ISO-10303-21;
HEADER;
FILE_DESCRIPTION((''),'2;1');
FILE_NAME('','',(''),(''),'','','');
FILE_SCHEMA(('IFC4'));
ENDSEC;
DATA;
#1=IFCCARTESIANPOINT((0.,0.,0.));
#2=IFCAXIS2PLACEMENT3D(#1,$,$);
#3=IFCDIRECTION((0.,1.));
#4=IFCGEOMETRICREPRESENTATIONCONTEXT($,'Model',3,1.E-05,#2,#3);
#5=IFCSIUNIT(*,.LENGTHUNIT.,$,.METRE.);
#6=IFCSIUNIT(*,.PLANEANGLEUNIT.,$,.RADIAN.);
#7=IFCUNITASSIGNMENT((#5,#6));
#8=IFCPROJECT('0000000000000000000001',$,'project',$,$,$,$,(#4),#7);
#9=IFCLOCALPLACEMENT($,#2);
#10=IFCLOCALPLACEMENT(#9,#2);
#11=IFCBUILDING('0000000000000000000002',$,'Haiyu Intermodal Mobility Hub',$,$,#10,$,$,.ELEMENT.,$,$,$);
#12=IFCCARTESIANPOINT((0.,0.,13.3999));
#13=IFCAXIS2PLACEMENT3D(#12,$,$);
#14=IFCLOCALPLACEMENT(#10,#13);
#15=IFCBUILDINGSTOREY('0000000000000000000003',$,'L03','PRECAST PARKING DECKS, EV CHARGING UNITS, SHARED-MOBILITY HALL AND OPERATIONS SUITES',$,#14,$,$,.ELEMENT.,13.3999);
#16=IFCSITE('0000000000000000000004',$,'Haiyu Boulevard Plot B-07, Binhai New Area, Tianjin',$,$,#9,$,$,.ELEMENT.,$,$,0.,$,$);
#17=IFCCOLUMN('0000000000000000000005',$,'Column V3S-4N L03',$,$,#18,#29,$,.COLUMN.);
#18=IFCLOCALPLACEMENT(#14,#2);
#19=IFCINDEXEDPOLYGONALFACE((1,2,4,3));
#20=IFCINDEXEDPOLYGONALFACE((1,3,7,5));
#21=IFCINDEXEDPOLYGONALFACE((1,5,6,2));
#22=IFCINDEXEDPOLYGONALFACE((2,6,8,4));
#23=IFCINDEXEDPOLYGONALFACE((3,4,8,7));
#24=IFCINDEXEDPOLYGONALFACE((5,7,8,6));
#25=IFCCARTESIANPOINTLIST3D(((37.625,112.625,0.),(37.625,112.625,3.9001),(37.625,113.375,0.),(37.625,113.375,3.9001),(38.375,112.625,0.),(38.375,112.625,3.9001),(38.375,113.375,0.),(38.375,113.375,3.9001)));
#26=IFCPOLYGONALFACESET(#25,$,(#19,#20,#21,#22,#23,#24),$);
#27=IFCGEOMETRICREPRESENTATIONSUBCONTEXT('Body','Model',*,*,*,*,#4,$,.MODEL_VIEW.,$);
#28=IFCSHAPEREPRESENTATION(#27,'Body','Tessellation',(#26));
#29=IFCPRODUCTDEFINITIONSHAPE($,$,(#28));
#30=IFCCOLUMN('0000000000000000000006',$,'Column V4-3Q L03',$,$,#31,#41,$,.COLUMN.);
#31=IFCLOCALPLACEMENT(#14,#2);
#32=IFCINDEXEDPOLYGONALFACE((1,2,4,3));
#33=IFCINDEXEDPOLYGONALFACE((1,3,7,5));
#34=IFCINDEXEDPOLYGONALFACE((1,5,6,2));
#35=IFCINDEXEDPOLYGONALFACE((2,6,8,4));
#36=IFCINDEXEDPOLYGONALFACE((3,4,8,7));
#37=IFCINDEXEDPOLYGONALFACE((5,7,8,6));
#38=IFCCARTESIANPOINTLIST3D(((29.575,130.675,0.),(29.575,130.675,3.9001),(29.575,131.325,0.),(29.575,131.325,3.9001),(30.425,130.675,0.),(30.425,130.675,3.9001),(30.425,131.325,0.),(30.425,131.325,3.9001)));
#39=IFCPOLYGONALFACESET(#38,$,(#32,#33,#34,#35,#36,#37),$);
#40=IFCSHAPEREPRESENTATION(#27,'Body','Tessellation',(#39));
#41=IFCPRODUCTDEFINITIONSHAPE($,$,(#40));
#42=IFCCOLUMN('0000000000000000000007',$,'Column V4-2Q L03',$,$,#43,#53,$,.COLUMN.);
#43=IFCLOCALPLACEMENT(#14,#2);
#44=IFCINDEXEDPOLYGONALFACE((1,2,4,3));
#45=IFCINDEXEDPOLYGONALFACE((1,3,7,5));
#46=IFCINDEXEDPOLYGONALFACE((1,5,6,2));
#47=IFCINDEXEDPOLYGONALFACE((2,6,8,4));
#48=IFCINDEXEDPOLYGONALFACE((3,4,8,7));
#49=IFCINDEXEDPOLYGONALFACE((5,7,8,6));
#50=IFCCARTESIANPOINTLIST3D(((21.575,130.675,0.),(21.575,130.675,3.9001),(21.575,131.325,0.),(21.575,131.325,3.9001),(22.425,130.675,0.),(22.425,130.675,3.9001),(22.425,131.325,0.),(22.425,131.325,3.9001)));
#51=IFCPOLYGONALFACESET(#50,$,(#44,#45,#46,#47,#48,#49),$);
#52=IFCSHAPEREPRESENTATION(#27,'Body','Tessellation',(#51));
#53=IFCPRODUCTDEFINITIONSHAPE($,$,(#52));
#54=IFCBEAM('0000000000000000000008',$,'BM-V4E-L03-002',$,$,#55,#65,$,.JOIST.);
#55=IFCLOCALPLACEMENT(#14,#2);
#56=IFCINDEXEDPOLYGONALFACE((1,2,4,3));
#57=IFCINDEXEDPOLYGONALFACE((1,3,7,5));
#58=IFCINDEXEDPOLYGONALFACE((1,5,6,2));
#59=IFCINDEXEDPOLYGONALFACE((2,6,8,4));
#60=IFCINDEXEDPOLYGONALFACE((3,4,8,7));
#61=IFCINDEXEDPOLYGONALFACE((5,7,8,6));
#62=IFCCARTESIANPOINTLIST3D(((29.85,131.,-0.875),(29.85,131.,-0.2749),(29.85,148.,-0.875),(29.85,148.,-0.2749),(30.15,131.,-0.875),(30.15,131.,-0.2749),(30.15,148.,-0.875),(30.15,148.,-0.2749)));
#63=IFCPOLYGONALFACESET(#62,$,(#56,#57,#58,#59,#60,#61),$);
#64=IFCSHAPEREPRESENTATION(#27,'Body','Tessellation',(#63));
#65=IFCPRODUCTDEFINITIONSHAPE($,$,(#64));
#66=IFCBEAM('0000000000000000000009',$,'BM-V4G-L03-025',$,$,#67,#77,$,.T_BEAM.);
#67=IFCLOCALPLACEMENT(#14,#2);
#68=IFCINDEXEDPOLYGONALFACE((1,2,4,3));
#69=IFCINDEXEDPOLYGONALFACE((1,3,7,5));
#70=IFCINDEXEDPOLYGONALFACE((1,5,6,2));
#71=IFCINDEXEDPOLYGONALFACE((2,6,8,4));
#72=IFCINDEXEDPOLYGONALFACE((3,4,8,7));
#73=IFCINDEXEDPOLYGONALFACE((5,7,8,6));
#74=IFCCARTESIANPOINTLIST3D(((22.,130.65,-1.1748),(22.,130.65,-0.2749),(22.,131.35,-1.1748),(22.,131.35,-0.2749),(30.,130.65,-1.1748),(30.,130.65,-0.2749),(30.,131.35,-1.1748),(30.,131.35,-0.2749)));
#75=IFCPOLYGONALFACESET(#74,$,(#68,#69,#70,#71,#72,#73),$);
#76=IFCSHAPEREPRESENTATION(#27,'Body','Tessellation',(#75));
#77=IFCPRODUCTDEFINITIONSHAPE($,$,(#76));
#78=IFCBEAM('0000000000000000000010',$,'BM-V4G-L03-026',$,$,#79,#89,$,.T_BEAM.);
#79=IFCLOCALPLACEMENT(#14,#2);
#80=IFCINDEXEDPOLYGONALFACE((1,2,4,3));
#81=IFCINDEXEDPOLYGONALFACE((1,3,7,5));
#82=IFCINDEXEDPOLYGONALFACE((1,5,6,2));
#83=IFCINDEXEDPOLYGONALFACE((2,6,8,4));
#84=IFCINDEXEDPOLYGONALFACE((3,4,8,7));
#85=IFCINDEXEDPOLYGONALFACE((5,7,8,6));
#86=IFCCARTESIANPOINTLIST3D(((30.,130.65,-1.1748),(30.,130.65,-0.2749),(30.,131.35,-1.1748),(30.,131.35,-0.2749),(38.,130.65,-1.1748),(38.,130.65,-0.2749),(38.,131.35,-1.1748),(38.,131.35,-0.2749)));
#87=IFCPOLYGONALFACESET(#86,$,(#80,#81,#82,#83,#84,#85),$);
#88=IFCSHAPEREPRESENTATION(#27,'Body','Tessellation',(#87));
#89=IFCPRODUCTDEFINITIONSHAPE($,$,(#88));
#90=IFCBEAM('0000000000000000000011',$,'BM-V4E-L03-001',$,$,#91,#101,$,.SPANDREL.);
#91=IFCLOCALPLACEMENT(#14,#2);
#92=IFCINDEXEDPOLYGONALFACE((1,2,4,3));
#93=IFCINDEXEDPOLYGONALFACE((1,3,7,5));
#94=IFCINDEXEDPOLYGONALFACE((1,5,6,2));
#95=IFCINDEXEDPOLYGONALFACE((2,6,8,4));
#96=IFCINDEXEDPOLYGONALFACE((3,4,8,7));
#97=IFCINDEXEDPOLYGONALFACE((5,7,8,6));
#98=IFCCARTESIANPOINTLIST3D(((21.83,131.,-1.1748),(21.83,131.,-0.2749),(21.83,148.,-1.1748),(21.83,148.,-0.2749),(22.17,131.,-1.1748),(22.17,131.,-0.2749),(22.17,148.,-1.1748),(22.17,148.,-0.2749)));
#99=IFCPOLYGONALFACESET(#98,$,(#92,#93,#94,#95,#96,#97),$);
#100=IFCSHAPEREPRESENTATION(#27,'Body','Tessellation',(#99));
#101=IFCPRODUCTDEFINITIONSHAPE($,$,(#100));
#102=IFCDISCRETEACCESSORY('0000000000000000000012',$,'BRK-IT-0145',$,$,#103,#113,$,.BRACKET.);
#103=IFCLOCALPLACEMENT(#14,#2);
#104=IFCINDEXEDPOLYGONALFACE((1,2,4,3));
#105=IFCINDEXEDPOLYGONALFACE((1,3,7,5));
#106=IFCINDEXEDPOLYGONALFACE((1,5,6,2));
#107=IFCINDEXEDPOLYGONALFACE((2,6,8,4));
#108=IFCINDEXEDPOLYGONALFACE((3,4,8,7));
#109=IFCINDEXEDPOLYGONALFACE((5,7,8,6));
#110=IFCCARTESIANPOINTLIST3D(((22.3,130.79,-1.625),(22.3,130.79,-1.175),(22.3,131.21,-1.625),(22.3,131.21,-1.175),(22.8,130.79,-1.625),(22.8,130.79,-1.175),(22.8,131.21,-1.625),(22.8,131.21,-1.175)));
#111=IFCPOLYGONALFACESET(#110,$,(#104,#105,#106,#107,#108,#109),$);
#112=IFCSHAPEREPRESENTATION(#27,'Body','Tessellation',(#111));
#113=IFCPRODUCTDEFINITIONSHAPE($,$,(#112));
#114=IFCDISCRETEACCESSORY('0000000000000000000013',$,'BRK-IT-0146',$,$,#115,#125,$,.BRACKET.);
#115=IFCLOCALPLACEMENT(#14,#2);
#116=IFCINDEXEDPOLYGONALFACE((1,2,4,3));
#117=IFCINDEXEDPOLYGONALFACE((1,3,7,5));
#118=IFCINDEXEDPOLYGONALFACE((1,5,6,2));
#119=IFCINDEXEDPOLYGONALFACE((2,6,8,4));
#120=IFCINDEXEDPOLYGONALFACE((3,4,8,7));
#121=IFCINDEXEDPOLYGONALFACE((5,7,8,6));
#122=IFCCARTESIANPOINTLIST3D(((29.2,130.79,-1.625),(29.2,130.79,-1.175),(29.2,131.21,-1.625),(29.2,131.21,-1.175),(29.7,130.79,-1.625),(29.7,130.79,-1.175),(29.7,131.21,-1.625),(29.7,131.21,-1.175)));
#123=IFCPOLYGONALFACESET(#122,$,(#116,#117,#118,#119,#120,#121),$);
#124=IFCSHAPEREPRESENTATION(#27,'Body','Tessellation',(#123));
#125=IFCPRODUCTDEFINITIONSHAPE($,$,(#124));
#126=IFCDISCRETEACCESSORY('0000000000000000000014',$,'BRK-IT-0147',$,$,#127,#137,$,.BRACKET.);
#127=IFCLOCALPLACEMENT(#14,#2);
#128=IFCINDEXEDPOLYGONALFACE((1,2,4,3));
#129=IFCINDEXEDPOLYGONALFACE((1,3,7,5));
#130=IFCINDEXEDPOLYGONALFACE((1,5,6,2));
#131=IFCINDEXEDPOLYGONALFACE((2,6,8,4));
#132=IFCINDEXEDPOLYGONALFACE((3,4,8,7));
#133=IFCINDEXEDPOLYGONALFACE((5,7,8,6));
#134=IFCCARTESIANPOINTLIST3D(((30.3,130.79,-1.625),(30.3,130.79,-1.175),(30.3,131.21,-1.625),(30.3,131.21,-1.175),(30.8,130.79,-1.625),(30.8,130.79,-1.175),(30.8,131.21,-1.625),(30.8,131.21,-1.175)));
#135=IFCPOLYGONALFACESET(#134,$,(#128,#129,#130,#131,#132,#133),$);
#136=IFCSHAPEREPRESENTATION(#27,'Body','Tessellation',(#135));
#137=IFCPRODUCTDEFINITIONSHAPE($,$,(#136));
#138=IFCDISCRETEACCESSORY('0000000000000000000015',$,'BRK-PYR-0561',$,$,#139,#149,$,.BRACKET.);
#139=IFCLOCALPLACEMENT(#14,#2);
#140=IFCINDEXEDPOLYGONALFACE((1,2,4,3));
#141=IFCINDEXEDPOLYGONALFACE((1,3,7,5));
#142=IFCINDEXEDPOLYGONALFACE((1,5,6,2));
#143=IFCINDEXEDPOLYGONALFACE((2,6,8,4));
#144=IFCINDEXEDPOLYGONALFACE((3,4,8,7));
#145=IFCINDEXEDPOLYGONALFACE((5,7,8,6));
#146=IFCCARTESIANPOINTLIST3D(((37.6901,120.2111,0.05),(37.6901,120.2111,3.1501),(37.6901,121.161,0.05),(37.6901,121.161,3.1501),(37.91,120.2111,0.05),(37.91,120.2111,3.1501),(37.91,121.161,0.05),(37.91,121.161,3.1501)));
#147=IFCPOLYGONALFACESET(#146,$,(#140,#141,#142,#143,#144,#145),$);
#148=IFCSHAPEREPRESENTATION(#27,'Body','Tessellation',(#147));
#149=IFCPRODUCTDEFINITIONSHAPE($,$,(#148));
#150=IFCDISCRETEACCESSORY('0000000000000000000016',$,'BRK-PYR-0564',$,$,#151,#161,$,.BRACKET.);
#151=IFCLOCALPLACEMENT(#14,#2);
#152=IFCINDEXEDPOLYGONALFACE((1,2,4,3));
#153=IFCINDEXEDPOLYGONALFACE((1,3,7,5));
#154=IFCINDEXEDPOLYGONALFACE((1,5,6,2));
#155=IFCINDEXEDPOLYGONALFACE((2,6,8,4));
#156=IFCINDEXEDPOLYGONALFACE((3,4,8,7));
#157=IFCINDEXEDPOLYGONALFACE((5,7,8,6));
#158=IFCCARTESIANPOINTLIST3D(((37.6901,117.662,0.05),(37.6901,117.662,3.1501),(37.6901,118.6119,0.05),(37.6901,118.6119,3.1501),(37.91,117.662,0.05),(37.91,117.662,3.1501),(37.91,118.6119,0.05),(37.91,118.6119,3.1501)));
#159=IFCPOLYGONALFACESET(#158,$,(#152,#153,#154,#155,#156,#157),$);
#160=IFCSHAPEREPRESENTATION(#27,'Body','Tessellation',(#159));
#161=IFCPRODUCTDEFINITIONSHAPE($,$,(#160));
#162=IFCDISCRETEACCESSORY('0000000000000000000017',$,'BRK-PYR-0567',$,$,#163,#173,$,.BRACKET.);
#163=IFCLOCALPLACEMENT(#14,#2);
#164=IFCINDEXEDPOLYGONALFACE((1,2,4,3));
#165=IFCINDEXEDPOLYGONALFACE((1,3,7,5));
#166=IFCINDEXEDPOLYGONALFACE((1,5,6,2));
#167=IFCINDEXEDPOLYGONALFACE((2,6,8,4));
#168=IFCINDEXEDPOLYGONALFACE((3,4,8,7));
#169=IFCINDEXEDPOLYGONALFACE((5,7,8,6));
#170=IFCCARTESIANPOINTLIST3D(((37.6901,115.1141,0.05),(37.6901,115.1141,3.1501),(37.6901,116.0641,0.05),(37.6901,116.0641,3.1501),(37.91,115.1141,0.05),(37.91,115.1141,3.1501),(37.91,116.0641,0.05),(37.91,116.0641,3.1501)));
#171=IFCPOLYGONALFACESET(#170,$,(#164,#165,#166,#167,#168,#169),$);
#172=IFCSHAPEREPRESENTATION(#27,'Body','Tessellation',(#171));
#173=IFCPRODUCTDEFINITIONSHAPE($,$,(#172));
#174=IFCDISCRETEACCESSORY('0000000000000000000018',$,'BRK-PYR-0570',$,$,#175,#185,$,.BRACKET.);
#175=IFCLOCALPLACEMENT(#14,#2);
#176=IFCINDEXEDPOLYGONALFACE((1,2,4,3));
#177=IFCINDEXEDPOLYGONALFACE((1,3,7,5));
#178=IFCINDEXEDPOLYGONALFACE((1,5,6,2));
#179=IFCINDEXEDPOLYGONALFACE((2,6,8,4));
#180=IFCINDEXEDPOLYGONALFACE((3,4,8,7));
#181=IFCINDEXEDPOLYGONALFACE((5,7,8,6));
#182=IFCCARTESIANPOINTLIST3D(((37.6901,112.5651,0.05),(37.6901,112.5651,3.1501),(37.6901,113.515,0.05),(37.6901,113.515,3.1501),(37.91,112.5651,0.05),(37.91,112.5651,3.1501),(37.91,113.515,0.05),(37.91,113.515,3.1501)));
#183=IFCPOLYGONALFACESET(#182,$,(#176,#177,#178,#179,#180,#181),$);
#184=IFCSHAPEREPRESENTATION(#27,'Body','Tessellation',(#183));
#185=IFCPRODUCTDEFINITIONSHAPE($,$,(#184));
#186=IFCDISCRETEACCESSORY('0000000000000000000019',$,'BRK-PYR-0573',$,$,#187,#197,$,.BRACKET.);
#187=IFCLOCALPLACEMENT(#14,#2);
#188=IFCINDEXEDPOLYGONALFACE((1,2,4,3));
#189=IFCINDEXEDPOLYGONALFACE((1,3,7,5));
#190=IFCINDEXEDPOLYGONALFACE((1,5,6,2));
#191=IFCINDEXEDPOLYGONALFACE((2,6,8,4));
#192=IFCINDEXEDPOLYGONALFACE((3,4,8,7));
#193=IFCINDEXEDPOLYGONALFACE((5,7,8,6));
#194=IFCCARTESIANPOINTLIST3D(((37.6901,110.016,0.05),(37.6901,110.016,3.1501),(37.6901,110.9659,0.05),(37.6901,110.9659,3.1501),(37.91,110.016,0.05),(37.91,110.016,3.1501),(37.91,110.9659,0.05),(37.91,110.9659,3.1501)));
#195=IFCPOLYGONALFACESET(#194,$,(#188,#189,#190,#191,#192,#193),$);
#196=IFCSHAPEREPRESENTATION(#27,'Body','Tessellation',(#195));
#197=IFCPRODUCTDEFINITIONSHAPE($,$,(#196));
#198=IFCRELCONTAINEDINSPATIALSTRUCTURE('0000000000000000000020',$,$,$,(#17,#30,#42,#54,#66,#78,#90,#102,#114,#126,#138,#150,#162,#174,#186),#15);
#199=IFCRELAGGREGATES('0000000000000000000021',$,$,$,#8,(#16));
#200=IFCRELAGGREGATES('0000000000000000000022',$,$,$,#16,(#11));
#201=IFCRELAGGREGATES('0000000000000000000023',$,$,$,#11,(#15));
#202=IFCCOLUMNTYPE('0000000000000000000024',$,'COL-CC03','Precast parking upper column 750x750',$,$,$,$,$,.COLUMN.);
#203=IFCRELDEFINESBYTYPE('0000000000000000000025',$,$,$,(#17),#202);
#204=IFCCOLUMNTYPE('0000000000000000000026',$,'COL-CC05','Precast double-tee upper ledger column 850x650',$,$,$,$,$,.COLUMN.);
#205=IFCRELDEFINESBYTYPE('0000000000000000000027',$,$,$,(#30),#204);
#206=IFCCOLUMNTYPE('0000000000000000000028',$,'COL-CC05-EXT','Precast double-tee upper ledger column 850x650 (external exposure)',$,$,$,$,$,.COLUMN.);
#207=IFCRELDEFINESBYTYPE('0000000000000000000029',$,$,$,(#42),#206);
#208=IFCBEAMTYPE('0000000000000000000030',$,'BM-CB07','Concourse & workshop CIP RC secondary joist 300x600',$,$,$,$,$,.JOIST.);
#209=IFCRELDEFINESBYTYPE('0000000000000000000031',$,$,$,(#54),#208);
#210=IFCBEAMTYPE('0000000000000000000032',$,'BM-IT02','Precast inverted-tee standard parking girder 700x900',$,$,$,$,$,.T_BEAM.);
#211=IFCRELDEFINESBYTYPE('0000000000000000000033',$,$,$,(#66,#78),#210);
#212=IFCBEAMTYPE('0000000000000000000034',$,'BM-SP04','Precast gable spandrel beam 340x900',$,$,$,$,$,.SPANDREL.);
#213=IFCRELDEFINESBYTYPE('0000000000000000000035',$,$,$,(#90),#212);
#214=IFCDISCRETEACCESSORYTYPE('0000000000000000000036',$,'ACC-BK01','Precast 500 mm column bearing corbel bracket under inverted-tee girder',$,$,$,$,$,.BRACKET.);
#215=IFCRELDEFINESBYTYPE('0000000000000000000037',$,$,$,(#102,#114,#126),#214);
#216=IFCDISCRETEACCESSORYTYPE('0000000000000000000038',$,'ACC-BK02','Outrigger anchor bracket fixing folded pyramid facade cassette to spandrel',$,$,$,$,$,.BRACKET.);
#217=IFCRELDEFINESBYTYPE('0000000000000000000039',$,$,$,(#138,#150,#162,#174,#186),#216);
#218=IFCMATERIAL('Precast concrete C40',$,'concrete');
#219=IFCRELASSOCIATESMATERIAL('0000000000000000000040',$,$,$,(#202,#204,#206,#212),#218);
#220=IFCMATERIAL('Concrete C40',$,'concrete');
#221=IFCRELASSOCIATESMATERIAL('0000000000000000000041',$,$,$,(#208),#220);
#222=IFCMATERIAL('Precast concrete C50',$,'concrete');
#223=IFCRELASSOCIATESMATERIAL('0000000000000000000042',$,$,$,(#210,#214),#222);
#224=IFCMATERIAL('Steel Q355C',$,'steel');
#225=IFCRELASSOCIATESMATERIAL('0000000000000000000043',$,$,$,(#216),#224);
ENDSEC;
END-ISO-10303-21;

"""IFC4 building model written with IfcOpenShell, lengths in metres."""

from ifc_helpers import new_model, si_unit, direction, frame, origin, origin_2d, place, context, subcontext, project, spatial, rectangle, extrude, material, material_profile, profile_set, type_object, element, save


model = new_model("IFC4")

# Units and contexts
model_context = context("Model", 3, precision=1e-05, world=origin(), true_north=direction((0.0, 1.0)))
body_context = subcontext(model_context, "Body", "Model", "MODEL_VIEW")
ifc_project = project(units=[si_unit("LENGTHUNIT", "METRE"), si_unit("PLANEANGLEUNIT", "RADIAN")], contexts=[model_context])

# Site, building, storey
site_placement = place(None, origin())
site = spatial("IfcSite", under=ifc_project, at=site_placement, Name="Haiyu Boulevard Plot B-07, Binhai New Area, Tianjin", CompositionType="ELEMENT", RefElevation=0.0)
building_placement = place(site_placement, origin())
building = spatial("IfcBuilding", under=site, at=building_placement, Name="Haiyu Intermodal Mobility Hub", CompositionType="ELEMENT")
storey_placement = place(building_placement, frame((0.0, 0.0, 13.3999)))
storey = spatial("IfcBuildingStorey", under=building, at=storey_placement, Name="L03", Description="PRECAST PARKING DECKS, EV CHARGING UNITS, SHARED-MOBILITY HALL AND OPERATIONS SUITES", CompositionType="ELEMENT", Elevation=13.3999)

# Columns
ifc_material_1 = material(Name="Precast concrete C40", Category="concrete")
ifc_material_profile_1 = material_profile(ifc_material_1, rectangle(XDim=0.75, YDim=0.75, at=origin_2d()), Name="RC750x750")
ifc_profile_set_1 = profile_set([ifc_material_profile_1], Name="Precast concrete C40")
column_type_1 = type_object("IfcColumnType", Name="COL-CC03", Description="Precast parking upper column 750x750", PredefinedType="COLUMN", material=ifc_profile_set_1)
column_1_placement = place(storey_placement, frame((38.0, 113.0, 0.0), z_axis=(0.0, 0.0, 1.0), x_axis=(1.0, 0.0, 0.0)))
element("IfcColumn", 1, at=column_1_placement, inside=storey, type_object=column_type_1, Name="Column V3S-4N L03", PredefinedType="COLUMN", context=body_context, shape_type="SweptSolid", body=[
    extrude(rectangle(XDim=0.75, YDim=0.75, at=origin_2d()), origin(), (0.0, 0.0, 1.0), 3.9001),
])
ifc_material_profile_2 = material_profile(ifc_material_1, rectangle(XDim=0.8501, YDim=0.6499, at=origin_2d()), Name="RC850x650")
ifc_profile_set_2 = profile_set([ifc_material_profile_2], Name="Precast concrete C40")
column_type_2 = type_object("IfcColumnType", Name="COL-CC05", Description="Precast double-tee upper ledger column 850x650", PredefinedType="COLUMN", material=ifc_profile_set_2)
column_2_placement = place(storey_placement, frame((30.0, 131.0, 0.0), z_axis=(0.0, 0.0, 1.0), x_axis=(1.0, 0.0, 0.0)))
element("IfcColumn", 2, at=column_2_placement, inside=storey, type_object=column_type_2, Name="Column V4-3Q L03", PredefinedType="COLUMN", context=body_context, shape_type="SweptSolid", body=[
    extrude(rectangle(XDim=0.8501, YDim=0.6499, at=origin_2d()), origin(), (0.0, 0.0, 1.0), 3.9001),
])
ifc_material_profile_3 = material_profile(ifc_material_1, rectangle(XDim=0.8501, YDim=0.6499, at=origin_2d()), Name="RC850x650")
ifc_profile_set_3 = profile_set([ifc_material_profile_3], Name="Precast concrete C40")
column_type_3 = type_object("IfcColumnType", Name="COL-CC05-EXT", Description="Precast double-tee upper ledger column 850x650 (external exposure)", PredefinedType="COLUMN", material=ifc_profile_set_3)
column_3_placement = place(storey_placement, frame((22.0, 131.0, 0.0), z_axis=(0.0, 0.0, 1.0), x_axis=(1.0, 0.0, 0.0)))
element("IfcColumn", 3, at=column_3_placement, inside=storey, type_object=column_type_3, Name="Column V4-2Q L03", PredefinedType="COLUMN", context=body_context, shape_type="SweptSolid", body=[
    extrude(rectangle(XDim=0.8501, YDim=0.6499, at=origin_2d()), origin(), (0.0, 0.0, 1.0), 3.9001),
])

# Beams
ifc_material_2 = material(Name="Concrete C40", Category="concrete")
ifc_material_profile_4 = material_profile(ifc_material_2, rectangle(XDim=0.3, YDim=0.6001, at=origin_2d()), Name="RCB300x600")
ifc_profile_set_4 = profile_set([ifc_material_profile_4], Name="Concrete C40")
beam_type_1 = type_object("IfcBeamType", Name="BM-CB07", Description="Concourse & workshop CIP RC secondary joist 300x600", PredefinedType="JOIST", material=ifc_profile_set_4)
beam_1_placement = place(storey_placement, frame((30.0, 131.0, -0.575), z_axis=(0.0, 1.0, 0.0), x_axis=(-1.0, 0.0, 0.0)))
element("IfcBeam", 4, at=beam_1_placement, inside=storey, type_object=beam_type_1, Name="BM-V4E-L03-002", PredefinedType="JOIST", context=body_context, shape_type="SweptSolid", body=[
    extrude(rectangle(XDim=0.3, YDim=0.6001, at=origin_2d()), origin(), (0.0, 0.0, 1.0), 17.0),
])
ifc_material_3 = material(Name="Precast concrete C50", Category="concrete")
ifc_material_profile_5 = material_profile(ifc_material_3, rectangle(XDim=0.7, YDim=0.8999, at=origin_2d()), Name="PC700x900")
ifc_profile_set_5 = profile_set([ifc_material_profile_5], Name="Precast concrete C50")
beam_type_2 = type_object("IfcBeamType", Name="BM-IT02", Description="Precast inverted-tee standard parking girder 700x900", PredefinedType="T_BEAM", material=ifc_profile_set_5)
for number, where, z_axis, x_axis, name in (
    (5, (22.0, 131.0, -0.7249), (1.0, 0.0, 0.0), (0.0, 1.0, 0.0), "BM-V4G-L03-025"),
    (6, (30.0, 131.0, -0.7249), (1.0, 0.0, 0.0), (0.0, 1.0, 0.0), "BM-V4G-L03-026"),
):
    element("IfcBeam", number, at=place(storey_placement, frame(where, z_axis=z_axis, x_axis=x_axis)), inside=storey, type_object=beam_type_2, Name=name, PredefinedType="T_BEAM", context=body_context, shape_type="SweptSolid", body=[
        extrude(rectangle(XDim=0.7, YDim=0.8999, at=origin_2d()), origin(), (0.0, 0.0, 1.0), 8.0),
    ])
ifc_material_profile_6 = material_profile(ifc_material_1, rectangle(XDim=0.3401, YDim=0.8999, at=origin_2d()), Name="B340x900")
ifc_profile_set_6 = profile_set([ifc_material_profile_6], Name="Precast concrete C40")
beam_type_3 = type_object("IfcBeamType", Name="BM-SP04", Description="Precast gable spandrel beam 340x900", PredefinedType="SPANDREL", material=ifc_profile_set_6)
beam_2_placement = place(storey_placement, frame((22.0, 131.0, -0.7249), z_axis=(0.0, 1.0, 0.0), x_axis=(-1.0, 0.0, 0.0)))
element("IfcBeam", 7, at=beam_2_placement, inside=storey, type_object=beam_type_3, Name="BM-V4E-L03-001", PredefinedType="SPANDREL", context=body_context, shape_type="SweptSolid", body=[
    extrude(rectangle(XDim=0.3401, YDim=0.8999, at=origin_2d()), origin(), (0.0, 0.0, 1.0), 17.0),
])

# Discrete accessories
discrete_accessory_type_1 = type_object("IfcDiscreteAccessoryType", Name="ACC-BK01", Description="Precast 500 mm column bearing corbel bracket under inverted-tee girder", PredefinedType="BRACKET", material=ifc_material_3)
for number, where, z_axis, x_axis, name in (
    (8, (22.55, 131.0, -1.625), (0.0, 0.0, 1.0), (1.0, 0.0, 0.0), "BRK-IT-0145"),
    (9, (29.45, 131.0, -1.625), (0.0, 0.0, 1.0), (1.0, 0.0, 0.0), "BRK-IT-0146"),
    (10, (30.55, 131.0, -1.625), (0.0, 0.0, 1.0), (1.0, 0.0, 0.0), "BRK-IT-0147"),
):
    element("IfcDiscreteAccessory", number, at=place(storey_placement, frame(where, z_axis=z_axis, x_axis=x_axis)), inside=storey, type_object=discrete_accessory_type_1, Name=name, PredefinedType="BRACKET", context=body_context, shape_type="SweptSolid", body=[
        extrude(rectangle(XDim=0.5, YDim=0.4199, at=origin_2d()), origin(), (0.0, 0.0, 1.0), 0.45),
    ])
ifc_material_4 = material(Name="Steel Q355C", Category="steel")
discrete_accessory_type_2 = type_object("IfcDiscreteAccessoryType", Name="ACC-BK02", Description="Outrigger anchor bracket fixing folded pyramid facade cassette to spandrel", PredefinedType="BRACKET", material=ifc_material_4)
for number, where, z_axis, x_axis, name in (
    (11, (37.8, 120.686, 0.05), (0.0, 0.0, 1.0), (1.0, 0.0, 0.0), "BRK-PYR-0561"),
    (12, (37.8, 118.137, 0.05), (0.0, 0.0, 1.0), (1.0, 0.0, 0.0), "BRK-PYR-0564"),
    (13, (37.8, 115.5891, 0.05), (0.0, 0.0, 1.0), (1.0, 0.0, 0.0), "BRK-PYR-0567"),
    (14, (37.8, 113.04, 0.05), (0.0, 0.0, 1.0), (1.0, 0.0, 0.0), "BRK-PYR-0570"),
    (15, (37.8, 110.491, 0.05), (0.0, 0.0, 1.0), (1.0, 0.0, 0.0), "BRK-PYR-0573"),
):
    element("IfcDiscreteAccessory", number, at=place(storey_placement, frame(where, z_axis=z_axis, x_axis=x_axis)), inside=storey, type_object=discrete_accessory_type_2, Name=name, PredefinedType="BRACKET", context=body_context, shape_type="SweptSolid", body=[
        extrude(rectangle(XDim=0.22, YDim=0.95, at=origin_2d()), origin(), (0.0, 0.0, 1.0), 3.1001),
    ])

save(model, "model.ifc")
